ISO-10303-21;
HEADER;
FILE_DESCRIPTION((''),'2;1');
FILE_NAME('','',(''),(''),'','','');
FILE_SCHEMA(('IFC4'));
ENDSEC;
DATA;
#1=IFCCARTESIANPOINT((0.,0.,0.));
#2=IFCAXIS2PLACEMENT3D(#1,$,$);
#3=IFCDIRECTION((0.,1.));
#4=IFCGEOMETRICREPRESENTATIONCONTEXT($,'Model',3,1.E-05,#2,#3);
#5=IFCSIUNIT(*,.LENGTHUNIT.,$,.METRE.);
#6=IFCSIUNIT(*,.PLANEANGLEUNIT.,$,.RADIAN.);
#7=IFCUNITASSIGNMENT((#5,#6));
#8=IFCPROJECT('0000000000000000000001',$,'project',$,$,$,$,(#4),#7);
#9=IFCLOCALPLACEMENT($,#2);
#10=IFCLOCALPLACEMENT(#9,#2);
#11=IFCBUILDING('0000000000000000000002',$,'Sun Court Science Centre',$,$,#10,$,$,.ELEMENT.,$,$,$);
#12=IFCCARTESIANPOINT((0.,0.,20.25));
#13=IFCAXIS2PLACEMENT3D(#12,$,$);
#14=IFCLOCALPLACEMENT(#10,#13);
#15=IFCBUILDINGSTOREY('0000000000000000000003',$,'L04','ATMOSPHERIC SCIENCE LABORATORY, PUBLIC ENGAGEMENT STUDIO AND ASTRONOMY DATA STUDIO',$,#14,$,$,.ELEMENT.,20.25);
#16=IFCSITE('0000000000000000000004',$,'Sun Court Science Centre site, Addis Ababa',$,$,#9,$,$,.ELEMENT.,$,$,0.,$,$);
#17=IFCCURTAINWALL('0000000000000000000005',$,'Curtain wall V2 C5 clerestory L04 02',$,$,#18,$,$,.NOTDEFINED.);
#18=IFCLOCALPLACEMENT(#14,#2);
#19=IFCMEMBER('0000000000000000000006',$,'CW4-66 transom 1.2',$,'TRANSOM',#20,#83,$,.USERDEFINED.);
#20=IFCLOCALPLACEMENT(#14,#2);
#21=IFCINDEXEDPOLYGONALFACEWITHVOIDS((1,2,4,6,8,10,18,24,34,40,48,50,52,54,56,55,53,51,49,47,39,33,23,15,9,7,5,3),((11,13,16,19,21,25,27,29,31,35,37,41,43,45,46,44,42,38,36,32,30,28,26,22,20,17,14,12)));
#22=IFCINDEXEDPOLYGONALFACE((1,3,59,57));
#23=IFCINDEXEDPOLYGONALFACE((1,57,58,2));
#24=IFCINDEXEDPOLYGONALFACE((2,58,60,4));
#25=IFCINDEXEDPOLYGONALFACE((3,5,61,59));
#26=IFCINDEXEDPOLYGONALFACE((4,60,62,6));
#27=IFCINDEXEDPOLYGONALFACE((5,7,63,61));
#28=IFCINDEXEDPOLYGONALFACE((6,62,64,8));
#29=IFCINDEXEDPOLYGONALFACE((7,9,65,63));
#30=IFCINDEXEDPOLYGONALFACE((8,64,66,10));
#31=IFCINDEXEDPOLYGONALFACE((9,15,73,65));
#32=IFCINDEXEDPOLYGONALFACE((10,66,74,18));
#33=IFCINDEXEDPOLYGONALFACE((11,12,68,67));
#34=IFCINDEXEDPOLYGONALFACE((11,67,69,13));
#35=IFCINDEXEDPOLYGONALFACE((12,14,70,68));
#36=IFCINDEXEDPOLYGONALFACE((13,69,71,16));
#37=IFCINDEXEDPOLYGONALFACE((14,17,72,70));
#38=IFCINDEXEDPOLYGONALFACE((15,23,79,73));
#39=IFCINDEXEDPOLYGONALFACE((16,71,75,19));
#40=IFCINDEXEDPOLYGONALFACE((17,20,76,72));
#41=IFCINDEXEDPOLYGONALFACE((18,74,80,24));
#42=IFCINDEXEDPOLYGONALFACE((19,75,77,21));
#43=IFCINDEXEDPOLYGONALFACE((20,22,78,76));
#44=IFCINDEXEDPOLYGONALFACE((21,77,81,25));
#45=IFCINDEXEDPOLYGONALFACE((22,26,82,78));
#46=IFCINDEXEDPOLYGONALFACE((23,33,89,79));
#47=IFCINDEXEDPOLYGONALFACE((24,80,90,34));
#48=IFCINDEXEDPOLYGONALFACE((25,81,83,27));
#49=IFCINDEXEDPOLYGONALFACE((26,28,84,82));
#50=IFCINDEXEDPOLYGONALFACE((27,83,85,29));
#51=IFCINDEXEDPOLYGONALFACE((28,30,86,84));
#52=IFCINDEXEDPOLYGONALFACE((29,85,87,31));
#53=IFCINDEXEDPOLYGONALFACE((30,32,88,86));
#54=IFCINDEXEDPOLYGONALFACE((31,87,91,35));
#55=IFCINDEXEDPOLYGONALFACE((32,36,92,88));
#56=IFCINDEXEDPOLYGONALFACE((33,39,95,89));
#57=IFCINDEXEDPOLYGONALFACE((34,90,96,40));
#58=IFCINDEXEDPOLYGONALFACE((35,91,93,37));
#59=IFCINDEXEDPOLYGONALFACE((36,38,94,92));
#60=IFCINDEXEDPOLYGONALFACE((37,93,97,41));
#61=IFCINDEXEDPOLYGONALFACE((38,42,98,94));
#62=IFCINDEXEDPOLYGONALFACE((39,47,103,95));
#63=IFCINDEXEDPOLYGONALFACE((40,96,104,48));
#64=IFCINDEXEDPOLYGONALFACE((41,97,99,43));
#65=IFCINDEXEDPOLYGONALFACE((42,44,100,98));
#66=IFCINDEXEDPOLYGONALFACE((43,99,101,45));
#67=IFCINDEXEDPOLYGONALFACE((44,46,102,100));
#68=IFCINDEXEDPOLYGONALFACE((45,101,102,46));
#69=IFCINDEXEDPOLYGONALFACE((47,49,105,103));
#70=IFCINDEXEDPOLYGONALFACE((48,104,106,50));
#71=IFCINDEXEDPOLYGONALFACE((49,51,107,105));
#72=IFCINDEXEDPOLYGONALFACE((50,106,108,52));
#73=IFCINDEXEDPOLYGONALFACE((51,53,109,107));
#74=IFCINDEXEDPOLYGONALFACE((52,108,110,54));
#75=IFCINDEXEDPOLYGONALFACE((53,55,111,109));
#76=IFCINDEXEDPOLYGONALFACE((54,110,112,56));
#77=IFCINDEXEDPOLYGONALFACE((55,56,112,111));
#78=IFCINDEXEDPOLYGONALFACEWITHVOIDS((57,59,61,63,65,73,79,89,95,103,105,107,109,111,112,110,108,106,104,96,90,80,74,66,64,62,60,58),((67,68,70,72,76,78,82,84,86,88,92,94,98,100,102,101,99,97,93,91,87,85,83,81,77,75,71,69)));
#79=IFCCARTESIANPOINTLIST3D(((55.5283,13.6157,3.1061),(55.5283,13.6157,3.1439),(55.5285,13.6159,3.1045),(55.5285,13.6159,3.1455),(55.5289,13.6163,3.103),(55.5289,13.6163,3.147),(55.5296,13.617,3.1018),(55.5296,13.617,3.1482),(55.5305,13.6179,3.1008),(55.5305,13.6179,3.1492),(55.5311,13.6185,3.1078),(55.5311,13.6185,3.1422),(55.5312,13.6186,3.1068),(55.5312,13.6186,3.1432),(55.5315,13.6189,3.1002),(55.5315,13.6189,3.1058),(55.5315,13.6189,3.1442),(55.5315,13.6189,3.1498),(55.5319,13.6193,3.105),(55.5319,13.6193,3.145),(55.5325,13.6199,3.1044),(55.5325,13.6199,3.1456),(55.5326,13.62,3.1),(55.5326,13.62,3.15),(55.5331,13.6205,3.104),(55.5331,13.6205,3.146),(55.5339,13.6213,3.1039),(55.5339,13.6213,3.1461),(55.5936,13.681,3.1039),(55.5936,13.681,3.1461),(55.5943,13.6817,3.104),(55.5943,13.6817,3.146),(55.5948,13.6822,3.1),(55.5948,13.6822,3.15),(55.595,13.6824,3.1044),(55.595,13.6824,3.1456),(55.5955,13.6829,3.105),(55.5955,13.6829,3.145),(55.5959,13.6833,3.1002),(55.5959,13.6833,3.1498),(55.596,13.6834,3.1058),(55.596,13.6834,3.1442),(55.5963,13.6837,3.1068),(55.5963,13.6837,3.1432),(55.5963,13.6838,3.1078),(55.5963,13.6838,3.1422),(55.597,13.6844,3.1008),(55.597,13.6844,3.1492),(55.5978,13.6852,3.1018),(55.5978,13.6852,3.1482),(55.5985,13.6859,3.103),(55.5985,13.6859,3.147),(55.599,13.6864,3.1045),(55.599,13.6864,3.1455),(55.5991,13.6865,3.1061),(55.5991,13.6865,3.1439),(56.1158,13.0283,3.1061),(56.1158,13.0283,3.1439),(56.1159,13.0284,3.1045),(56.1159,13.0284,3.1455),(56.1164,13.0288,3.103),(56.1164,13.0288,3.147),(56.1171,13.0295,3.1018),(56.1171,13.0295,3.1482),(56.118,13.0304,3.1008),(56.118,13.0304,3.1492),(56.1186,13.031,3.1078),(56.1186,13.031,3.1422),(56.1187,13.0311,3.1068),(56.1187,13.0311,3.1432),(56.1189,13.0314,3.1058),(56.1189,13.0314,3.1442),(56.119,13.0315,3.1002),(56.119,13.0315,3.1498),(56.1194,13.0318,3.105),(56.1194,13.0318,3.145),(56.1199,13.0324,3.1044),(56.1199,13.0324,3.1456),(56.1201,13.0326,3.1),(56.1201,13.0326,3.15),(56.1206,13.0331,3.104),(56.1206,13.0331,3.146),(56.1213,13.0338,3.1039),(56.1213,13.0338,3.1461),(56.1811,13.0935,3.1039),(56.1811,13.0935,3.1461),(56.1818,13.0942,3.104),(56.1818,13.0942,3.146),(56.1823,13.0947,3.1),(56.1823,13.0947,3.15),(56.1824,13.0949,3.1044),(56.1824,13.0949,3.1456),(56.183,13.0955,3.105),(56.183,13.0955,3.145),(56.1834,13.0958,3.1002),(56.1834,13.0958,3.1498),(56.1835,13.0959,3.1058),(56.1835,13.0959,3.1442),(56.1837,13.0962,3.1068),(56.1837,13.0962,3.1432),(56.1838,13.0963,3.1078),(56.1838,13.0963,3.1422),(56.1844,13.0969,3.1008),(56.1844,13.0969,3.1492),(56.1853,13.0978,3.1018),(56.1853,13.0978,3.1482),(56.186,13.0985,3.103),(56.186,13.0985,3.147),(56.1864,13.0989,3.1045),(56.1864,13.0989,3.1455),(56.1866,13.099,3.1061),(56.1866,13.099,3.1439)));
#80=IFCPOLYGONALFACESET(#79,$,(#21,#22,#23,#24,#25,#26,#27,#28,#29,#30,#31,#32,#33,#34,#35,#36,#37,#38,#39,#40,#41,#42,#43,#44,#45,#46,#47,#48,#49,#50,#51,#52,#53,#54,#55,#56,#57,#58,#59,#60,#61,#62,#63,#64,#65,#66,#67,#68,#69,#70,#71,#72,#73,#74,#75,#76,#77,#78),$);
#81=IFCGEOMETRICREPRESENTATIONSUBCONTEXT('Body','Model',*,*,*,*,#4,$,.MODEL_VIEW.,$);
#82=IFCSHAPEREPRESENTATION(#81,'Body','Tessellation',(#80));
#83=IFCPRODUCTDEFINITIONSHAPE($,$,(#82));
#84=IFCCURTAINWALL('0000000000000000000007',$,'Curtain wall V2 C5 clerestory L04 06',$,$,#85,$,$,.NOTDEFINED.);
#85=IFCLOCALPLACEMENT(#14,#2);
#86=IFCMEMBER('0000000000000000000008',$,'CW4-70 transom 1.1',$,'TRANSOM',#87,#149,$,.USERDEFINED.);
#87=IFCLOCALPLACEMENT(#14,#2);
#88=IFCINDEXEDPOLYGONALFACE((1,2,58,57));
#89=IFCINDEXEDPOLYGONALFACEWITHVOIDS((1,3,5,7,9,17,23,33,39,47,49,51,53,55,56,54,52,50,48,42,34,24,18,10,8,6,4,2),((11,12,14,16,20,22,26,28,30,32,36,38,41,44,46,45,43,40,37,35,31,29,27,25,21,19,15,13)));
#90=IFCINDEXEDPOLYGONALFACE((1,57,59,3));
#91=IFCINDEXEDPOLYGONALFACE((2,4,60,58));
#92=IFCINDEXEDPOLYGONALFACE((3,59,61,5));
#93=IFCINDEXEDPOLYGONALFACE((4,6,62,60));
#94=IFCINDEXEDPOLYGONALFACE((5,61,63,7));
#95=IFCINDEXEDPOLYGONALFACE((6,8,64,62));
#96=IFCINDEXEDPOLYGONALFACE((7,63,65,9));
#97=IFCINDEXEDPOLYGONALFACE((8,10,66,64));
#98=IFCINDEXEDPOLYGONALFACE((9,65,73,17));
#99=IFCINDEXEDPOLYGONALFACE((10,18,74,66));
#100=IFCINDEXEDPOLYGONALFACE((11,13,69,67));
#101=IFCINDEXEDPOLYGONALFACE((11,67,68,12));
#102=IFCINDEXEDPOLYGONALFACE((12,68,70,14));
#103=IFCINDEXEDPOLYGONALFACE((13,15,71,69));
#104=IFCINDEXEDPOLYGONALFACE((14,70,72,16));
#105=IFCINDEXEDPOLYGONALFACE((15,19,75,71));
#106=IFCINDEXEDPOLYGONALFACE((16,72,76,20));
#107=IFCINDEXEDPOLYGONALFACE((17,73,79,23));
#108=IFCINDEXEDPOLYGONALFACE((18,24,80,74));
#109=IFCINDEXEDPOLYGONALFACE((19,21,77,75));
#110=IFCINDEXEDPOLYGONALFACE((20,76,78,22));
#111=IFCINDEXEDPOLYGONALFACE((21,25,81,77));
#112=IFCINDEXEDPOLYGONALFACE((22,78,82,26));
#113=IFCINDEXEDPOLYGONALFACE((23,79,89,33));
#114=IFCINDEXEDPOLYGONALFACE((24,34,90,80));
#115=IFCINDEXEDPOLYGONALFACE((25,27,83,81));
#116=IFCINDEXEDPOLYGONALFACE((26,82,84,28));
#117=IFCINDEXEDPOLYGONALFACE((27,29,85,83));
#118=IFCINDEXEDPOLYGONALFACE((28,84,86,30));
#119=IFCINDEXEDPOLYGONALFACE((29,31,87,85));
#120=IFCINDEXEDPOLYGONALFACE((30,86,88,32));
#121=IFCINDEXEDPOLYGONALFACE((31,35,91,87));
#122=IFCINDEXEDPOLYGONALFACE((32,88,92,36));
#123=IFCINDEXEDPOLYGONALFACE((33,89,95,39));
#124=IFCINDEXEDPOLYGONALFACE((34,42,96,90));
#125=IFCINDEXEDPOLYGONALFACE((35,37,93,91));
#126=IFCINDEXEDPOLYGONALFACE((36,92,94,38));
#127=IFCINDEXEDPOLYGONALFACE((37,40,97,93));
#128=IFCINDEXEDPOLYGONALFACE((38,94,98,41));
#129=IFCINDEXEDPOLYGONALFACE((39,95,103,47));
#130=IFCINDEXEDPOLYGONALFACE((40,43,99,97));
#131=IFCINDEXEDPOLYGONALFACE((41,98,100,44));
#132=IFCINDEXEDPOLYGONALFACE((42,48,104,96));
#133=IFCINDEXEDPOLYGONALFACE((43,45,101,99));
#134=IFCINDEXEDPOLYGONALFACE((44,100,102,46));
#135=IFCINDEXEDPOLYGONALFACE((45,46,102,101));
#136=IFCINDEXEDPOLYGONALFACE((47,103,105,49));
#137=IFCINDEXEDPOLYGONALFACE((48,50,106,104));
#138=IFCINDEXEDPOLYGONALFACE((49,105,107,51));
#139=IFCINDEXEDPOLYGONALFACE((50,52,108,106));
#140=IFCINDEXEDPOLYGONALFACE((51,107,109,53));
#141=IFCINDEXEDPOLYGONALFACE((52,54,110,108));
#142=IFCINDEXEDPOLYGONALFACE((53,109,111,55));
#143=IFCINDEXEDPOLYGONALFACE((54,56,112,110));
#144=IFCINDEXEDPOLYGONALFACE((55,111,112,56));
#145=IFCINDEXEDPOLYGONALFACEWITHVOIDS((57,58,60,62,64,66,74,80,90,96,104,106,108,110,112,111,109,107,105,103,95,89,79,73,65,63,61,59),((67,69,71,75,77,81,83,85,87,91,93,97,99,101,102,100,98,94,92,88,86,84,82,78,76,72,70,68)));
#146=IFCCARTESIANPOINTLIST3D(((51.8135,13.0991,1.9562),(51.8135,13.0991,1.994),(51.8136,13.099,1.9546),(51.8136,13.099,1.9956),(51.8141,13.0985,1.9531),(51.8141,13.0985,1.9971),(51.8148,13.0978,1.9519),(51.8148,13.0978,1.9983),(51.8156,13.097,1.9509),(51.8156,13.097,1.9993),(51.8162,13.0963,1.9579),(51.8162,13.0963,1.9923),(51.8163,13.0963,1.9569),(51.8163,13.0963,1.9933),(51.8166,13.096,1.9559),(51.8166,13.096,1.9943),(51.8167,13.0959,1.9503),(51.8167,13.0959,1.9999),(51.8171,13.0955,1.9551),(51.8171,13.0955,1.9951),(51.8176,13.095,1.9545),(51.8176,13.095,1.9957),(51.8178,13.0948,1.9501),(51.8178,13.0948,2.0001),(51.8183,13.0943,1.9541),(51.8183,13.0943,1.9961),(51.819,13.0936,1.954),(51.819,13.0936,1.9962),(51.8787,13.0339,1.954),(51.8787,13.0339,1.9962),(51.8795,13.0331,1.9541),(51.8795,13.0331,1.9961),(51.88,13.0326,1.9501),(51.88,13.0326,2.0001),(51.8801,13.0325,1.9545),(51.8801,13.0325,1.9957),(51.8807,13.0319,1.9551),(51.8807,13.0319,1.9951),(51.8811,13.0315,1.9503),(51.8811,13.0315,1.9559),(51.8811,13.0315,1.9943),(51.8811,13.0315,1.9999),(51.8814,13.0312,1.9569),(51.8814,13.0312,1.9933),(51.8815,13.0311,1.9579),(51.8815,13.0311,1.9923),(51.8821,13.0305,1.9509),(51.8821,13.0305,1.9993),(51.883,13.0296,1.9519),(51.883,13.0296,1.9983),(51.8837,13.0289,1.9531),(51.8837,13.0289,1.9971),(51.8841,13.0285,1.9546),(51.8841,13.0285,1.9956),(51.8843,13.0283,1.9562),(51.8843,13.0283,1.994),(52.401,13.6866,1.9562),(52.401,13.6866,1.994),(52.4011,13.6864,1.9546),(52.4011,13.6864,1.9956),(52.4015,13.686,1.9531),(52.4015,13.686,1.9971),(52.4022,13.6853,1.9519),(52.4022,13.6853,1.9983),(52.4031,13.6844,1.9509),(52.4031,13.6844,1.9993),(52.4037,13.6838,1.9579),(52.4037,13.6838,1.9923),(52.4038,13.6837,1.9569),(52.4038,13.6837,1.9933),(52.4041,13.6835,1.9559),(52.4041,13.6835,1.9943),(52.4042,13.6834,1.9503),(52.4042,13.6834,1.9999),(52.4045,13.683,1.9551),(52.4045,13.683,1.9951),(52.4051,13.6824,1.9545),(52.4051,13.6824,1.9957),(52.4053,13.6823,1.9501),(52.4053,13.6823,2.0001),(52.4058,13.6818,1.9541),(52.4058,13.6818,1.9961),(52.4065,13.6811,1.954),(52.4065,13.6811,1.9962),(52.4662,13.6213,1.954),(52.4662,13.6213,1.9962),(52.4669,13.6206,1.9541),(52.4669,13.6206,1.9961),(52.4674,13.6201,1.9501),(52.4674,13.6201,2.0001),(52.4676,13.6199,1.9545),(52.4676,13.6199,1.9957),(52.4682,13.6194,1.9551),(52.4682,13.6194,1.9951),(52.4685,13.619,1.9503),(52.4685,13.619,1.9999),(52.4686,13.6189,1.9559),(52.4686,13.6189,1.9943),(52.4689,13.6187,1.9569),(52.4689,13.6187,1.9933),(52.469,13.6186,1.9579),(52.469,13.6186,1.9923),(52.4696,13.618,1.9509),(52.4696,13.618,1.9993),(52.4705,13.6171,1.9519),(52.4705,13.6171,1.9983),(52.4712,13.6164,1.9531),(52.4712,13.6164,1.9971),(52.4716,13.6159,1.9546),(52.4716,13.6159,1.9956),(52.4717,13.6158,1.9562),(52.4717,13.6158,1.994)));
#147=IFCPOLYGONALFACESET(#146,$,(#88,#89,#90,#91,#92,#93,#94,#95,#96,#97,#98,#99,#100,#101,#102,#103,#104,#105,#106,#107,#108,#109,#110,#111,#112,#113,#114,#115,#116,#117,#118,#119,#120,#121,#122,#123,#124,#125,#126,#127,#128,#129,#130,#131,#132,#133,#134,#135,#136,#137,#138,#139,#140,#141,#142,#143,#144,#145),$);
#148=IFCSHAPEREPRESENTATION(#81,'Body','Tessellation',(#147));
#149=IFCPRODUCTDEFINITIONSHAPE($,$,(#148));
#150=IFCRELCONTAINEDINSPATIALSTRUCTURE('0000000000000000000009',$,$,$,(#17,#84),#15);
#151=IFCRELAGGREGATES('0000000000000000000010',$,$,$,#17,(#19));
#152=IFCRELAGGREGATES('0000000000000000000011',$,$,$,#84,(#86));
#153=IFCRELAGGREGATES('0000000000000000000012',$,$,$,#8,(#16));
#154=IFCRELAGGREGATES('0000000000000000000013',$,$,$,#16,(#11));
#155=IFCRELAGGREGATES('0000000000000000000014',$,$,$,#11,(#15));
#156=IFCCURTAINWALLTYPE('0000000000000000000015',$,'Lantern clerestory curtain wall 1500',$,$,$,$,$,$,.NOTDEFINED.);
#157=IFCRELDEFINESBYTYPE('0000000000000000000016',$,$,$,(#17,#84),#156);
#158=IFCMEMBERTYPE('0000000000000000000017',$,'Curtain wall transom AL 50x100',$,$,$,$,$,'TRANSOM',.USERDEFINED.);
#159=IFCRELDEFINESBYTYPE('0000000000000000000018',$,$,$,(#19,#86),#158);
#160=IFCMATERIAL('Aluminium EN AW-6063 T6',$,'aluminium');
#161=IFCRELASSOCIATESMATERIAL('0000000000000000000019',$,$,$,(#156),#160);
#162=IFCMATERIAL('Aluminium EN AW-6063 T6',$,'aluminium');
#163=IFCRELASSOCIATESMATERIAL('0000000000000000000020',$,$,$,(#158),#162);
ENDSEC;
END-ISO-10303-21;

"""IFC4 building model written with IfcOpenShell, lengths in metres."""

from ifc_helpers import new_model, si_unit, direction, frame, origin, origin_2d, place, context, subcontext, project, spatial, hollow_rectangle, extrude, material, material_profile, profile_set, type_object, element, aggregate, save


model = new_model("IFC4")

# Units and contexts
model_context = context("Model", 3, precision=1e-05, world=origin(), true_north=direction((0.0, 1.0)))
body_context = subcontext(model_context, "Body", "Model", "MODEL_VIEW")
ifc_project = project(units=[si_unit("LENGTHUNIT", "METRE"), si_unit("PLANEANGLEUNIT", "RADIAN")], contexts=[model_context])

# Site, building, storey
site_placement = place(None, origin())
site = spatial("IfcSite", under=ifc_project, at=site_placement, Name="Sun Court Science Centre site, Addis Ababa", CompositionType="ELEMENT", RefElevation=0.0)
building_placement = place(site_placement, origin())
building = spatial("IfcBuilding", under=site, at=building_placement, Name="Sun Court Science Centre", CompositionType="ELEMENT")
storey_placement = place(building_placement, frame((0.0, 0.0, 20.25)))
storey = spatial("IfcBuildingStorey", under=building, at=storey_placement, Name="L04", Description="ATMOSPHERIC SCIENCE LABORATORY, PUBLIC ENGAGEMENT STUDIO AND ASTRONOMY DATA STUDIO", CompositionType="ELEMENT", Elevation=20.25)

# Shared definitions
ifc_material_1 = material(Name="Aluminium EN AW-6063 T6", Category="aluminium")
curtain_wall_type = type_object("IfcCurtainWallType", Name="Lantern clerestory curtain wall 1500", PredefinedType="NOTDEFINED", material=ifc_material_1)

# Curtain wall
curtain_wall_1_placement = place(storey_placement, origin())
curtain_wall_1 = element("IfcCurtainWall", 1, at=curtain_wall_1_placement, inside=storey, type_object=curtain_wall_type, Name="Curtain wall V2 C5 clerestory L04 02", PredefinedType="NOTDEFINED")

# Member
ifc_material_2 = material(Name="Aluminium EN AW-6063 T6", Category="aluminium")
ifc_material_profile_1 = material_profile(ifc_material_2, hollow_rectangle(XDim=0.05, YDim=0.1001, WallThickness=0.0039, InnerFilletRadius=0.0039, OuterFilletRadius=0.0061, at=origin_2d()), Name="AL 50x100x4")
ifc_profile_set_1 = profile_set([ifc_material_profile_1], Name="Aluminium EN AW-6063 T6")
member_type_1 = type_object("IfcMemberType", Name="Curtain wall transom AL 50x100", ElementType="TRANSOM", PredefinedType="USERDEFINED", material=ifc_profile_set_1)
member_1_placement = place(storey_placement, frame((55.5637, 13.6511, 3.125), z_axis=(0.707107, -0.707107, 0.0), x_axis=(0.0, 0.0, 1.0)))
member_1 = element("IfcMember", 2, at=member_1_placement, type_object=member_type_1, Name="CW4-66 transom 1.2", ObjectType="TRANSOM", PredefinedType="USERDEFINED", context=body_context, shape_type="SweptSolid", body=[
    extrude(hollow_rectangle(XDim=0.05, YDim=0.1001, WallThickness=0.0039, InnerFilletRadius=0.0039, OuterFilletRadius=0.0061, at=origin_2d()), origin(), (0.0, 0.0, 1.0), 0.8308),
])

# Curtain wall, member
curtain_wall_2_placement = place(storey_placement, origin())
curtain_wall_2 = element("IfcCurtainWall", 3, at=curtain_wall_2_placement, inside=storey, type_object=curtain_wall_type, Name="Curtain wall V2 C5 clerestory L04 06", PredefinedType="NOTDEFINED")
member_2_placement = place(storey_placement, frame((51.8489, 13.0637, 1.9751), z_axis=(0.707107, 0.707107, 0.0), x_axis=(0.0, 0.0, 1.0)))
member_2 = element("IfcMember", 4, at=member_2_placement, type_object=member_type_1, Name="CW4-70 transom 1.1", ObjectType="TRANSOM", PredefinedType="USERDEFINED", context=body_context, shape_type="SweptSolid", body=[
    extrude(hollow_rectangle(XDim=0.05, YDim=0.1001, WallThickness=0.0039, InnerFilletRadius=0.0039, OuterFilletRadius=0.0061, at=origin_2d()), origin(), (0.0, 0.0, 1.0), 0.8308),
])

aggregate(curtain_wall_1, [member_1])
aggregate(curtain_wall_2, [member_2])

save(model, "model.ifc")
